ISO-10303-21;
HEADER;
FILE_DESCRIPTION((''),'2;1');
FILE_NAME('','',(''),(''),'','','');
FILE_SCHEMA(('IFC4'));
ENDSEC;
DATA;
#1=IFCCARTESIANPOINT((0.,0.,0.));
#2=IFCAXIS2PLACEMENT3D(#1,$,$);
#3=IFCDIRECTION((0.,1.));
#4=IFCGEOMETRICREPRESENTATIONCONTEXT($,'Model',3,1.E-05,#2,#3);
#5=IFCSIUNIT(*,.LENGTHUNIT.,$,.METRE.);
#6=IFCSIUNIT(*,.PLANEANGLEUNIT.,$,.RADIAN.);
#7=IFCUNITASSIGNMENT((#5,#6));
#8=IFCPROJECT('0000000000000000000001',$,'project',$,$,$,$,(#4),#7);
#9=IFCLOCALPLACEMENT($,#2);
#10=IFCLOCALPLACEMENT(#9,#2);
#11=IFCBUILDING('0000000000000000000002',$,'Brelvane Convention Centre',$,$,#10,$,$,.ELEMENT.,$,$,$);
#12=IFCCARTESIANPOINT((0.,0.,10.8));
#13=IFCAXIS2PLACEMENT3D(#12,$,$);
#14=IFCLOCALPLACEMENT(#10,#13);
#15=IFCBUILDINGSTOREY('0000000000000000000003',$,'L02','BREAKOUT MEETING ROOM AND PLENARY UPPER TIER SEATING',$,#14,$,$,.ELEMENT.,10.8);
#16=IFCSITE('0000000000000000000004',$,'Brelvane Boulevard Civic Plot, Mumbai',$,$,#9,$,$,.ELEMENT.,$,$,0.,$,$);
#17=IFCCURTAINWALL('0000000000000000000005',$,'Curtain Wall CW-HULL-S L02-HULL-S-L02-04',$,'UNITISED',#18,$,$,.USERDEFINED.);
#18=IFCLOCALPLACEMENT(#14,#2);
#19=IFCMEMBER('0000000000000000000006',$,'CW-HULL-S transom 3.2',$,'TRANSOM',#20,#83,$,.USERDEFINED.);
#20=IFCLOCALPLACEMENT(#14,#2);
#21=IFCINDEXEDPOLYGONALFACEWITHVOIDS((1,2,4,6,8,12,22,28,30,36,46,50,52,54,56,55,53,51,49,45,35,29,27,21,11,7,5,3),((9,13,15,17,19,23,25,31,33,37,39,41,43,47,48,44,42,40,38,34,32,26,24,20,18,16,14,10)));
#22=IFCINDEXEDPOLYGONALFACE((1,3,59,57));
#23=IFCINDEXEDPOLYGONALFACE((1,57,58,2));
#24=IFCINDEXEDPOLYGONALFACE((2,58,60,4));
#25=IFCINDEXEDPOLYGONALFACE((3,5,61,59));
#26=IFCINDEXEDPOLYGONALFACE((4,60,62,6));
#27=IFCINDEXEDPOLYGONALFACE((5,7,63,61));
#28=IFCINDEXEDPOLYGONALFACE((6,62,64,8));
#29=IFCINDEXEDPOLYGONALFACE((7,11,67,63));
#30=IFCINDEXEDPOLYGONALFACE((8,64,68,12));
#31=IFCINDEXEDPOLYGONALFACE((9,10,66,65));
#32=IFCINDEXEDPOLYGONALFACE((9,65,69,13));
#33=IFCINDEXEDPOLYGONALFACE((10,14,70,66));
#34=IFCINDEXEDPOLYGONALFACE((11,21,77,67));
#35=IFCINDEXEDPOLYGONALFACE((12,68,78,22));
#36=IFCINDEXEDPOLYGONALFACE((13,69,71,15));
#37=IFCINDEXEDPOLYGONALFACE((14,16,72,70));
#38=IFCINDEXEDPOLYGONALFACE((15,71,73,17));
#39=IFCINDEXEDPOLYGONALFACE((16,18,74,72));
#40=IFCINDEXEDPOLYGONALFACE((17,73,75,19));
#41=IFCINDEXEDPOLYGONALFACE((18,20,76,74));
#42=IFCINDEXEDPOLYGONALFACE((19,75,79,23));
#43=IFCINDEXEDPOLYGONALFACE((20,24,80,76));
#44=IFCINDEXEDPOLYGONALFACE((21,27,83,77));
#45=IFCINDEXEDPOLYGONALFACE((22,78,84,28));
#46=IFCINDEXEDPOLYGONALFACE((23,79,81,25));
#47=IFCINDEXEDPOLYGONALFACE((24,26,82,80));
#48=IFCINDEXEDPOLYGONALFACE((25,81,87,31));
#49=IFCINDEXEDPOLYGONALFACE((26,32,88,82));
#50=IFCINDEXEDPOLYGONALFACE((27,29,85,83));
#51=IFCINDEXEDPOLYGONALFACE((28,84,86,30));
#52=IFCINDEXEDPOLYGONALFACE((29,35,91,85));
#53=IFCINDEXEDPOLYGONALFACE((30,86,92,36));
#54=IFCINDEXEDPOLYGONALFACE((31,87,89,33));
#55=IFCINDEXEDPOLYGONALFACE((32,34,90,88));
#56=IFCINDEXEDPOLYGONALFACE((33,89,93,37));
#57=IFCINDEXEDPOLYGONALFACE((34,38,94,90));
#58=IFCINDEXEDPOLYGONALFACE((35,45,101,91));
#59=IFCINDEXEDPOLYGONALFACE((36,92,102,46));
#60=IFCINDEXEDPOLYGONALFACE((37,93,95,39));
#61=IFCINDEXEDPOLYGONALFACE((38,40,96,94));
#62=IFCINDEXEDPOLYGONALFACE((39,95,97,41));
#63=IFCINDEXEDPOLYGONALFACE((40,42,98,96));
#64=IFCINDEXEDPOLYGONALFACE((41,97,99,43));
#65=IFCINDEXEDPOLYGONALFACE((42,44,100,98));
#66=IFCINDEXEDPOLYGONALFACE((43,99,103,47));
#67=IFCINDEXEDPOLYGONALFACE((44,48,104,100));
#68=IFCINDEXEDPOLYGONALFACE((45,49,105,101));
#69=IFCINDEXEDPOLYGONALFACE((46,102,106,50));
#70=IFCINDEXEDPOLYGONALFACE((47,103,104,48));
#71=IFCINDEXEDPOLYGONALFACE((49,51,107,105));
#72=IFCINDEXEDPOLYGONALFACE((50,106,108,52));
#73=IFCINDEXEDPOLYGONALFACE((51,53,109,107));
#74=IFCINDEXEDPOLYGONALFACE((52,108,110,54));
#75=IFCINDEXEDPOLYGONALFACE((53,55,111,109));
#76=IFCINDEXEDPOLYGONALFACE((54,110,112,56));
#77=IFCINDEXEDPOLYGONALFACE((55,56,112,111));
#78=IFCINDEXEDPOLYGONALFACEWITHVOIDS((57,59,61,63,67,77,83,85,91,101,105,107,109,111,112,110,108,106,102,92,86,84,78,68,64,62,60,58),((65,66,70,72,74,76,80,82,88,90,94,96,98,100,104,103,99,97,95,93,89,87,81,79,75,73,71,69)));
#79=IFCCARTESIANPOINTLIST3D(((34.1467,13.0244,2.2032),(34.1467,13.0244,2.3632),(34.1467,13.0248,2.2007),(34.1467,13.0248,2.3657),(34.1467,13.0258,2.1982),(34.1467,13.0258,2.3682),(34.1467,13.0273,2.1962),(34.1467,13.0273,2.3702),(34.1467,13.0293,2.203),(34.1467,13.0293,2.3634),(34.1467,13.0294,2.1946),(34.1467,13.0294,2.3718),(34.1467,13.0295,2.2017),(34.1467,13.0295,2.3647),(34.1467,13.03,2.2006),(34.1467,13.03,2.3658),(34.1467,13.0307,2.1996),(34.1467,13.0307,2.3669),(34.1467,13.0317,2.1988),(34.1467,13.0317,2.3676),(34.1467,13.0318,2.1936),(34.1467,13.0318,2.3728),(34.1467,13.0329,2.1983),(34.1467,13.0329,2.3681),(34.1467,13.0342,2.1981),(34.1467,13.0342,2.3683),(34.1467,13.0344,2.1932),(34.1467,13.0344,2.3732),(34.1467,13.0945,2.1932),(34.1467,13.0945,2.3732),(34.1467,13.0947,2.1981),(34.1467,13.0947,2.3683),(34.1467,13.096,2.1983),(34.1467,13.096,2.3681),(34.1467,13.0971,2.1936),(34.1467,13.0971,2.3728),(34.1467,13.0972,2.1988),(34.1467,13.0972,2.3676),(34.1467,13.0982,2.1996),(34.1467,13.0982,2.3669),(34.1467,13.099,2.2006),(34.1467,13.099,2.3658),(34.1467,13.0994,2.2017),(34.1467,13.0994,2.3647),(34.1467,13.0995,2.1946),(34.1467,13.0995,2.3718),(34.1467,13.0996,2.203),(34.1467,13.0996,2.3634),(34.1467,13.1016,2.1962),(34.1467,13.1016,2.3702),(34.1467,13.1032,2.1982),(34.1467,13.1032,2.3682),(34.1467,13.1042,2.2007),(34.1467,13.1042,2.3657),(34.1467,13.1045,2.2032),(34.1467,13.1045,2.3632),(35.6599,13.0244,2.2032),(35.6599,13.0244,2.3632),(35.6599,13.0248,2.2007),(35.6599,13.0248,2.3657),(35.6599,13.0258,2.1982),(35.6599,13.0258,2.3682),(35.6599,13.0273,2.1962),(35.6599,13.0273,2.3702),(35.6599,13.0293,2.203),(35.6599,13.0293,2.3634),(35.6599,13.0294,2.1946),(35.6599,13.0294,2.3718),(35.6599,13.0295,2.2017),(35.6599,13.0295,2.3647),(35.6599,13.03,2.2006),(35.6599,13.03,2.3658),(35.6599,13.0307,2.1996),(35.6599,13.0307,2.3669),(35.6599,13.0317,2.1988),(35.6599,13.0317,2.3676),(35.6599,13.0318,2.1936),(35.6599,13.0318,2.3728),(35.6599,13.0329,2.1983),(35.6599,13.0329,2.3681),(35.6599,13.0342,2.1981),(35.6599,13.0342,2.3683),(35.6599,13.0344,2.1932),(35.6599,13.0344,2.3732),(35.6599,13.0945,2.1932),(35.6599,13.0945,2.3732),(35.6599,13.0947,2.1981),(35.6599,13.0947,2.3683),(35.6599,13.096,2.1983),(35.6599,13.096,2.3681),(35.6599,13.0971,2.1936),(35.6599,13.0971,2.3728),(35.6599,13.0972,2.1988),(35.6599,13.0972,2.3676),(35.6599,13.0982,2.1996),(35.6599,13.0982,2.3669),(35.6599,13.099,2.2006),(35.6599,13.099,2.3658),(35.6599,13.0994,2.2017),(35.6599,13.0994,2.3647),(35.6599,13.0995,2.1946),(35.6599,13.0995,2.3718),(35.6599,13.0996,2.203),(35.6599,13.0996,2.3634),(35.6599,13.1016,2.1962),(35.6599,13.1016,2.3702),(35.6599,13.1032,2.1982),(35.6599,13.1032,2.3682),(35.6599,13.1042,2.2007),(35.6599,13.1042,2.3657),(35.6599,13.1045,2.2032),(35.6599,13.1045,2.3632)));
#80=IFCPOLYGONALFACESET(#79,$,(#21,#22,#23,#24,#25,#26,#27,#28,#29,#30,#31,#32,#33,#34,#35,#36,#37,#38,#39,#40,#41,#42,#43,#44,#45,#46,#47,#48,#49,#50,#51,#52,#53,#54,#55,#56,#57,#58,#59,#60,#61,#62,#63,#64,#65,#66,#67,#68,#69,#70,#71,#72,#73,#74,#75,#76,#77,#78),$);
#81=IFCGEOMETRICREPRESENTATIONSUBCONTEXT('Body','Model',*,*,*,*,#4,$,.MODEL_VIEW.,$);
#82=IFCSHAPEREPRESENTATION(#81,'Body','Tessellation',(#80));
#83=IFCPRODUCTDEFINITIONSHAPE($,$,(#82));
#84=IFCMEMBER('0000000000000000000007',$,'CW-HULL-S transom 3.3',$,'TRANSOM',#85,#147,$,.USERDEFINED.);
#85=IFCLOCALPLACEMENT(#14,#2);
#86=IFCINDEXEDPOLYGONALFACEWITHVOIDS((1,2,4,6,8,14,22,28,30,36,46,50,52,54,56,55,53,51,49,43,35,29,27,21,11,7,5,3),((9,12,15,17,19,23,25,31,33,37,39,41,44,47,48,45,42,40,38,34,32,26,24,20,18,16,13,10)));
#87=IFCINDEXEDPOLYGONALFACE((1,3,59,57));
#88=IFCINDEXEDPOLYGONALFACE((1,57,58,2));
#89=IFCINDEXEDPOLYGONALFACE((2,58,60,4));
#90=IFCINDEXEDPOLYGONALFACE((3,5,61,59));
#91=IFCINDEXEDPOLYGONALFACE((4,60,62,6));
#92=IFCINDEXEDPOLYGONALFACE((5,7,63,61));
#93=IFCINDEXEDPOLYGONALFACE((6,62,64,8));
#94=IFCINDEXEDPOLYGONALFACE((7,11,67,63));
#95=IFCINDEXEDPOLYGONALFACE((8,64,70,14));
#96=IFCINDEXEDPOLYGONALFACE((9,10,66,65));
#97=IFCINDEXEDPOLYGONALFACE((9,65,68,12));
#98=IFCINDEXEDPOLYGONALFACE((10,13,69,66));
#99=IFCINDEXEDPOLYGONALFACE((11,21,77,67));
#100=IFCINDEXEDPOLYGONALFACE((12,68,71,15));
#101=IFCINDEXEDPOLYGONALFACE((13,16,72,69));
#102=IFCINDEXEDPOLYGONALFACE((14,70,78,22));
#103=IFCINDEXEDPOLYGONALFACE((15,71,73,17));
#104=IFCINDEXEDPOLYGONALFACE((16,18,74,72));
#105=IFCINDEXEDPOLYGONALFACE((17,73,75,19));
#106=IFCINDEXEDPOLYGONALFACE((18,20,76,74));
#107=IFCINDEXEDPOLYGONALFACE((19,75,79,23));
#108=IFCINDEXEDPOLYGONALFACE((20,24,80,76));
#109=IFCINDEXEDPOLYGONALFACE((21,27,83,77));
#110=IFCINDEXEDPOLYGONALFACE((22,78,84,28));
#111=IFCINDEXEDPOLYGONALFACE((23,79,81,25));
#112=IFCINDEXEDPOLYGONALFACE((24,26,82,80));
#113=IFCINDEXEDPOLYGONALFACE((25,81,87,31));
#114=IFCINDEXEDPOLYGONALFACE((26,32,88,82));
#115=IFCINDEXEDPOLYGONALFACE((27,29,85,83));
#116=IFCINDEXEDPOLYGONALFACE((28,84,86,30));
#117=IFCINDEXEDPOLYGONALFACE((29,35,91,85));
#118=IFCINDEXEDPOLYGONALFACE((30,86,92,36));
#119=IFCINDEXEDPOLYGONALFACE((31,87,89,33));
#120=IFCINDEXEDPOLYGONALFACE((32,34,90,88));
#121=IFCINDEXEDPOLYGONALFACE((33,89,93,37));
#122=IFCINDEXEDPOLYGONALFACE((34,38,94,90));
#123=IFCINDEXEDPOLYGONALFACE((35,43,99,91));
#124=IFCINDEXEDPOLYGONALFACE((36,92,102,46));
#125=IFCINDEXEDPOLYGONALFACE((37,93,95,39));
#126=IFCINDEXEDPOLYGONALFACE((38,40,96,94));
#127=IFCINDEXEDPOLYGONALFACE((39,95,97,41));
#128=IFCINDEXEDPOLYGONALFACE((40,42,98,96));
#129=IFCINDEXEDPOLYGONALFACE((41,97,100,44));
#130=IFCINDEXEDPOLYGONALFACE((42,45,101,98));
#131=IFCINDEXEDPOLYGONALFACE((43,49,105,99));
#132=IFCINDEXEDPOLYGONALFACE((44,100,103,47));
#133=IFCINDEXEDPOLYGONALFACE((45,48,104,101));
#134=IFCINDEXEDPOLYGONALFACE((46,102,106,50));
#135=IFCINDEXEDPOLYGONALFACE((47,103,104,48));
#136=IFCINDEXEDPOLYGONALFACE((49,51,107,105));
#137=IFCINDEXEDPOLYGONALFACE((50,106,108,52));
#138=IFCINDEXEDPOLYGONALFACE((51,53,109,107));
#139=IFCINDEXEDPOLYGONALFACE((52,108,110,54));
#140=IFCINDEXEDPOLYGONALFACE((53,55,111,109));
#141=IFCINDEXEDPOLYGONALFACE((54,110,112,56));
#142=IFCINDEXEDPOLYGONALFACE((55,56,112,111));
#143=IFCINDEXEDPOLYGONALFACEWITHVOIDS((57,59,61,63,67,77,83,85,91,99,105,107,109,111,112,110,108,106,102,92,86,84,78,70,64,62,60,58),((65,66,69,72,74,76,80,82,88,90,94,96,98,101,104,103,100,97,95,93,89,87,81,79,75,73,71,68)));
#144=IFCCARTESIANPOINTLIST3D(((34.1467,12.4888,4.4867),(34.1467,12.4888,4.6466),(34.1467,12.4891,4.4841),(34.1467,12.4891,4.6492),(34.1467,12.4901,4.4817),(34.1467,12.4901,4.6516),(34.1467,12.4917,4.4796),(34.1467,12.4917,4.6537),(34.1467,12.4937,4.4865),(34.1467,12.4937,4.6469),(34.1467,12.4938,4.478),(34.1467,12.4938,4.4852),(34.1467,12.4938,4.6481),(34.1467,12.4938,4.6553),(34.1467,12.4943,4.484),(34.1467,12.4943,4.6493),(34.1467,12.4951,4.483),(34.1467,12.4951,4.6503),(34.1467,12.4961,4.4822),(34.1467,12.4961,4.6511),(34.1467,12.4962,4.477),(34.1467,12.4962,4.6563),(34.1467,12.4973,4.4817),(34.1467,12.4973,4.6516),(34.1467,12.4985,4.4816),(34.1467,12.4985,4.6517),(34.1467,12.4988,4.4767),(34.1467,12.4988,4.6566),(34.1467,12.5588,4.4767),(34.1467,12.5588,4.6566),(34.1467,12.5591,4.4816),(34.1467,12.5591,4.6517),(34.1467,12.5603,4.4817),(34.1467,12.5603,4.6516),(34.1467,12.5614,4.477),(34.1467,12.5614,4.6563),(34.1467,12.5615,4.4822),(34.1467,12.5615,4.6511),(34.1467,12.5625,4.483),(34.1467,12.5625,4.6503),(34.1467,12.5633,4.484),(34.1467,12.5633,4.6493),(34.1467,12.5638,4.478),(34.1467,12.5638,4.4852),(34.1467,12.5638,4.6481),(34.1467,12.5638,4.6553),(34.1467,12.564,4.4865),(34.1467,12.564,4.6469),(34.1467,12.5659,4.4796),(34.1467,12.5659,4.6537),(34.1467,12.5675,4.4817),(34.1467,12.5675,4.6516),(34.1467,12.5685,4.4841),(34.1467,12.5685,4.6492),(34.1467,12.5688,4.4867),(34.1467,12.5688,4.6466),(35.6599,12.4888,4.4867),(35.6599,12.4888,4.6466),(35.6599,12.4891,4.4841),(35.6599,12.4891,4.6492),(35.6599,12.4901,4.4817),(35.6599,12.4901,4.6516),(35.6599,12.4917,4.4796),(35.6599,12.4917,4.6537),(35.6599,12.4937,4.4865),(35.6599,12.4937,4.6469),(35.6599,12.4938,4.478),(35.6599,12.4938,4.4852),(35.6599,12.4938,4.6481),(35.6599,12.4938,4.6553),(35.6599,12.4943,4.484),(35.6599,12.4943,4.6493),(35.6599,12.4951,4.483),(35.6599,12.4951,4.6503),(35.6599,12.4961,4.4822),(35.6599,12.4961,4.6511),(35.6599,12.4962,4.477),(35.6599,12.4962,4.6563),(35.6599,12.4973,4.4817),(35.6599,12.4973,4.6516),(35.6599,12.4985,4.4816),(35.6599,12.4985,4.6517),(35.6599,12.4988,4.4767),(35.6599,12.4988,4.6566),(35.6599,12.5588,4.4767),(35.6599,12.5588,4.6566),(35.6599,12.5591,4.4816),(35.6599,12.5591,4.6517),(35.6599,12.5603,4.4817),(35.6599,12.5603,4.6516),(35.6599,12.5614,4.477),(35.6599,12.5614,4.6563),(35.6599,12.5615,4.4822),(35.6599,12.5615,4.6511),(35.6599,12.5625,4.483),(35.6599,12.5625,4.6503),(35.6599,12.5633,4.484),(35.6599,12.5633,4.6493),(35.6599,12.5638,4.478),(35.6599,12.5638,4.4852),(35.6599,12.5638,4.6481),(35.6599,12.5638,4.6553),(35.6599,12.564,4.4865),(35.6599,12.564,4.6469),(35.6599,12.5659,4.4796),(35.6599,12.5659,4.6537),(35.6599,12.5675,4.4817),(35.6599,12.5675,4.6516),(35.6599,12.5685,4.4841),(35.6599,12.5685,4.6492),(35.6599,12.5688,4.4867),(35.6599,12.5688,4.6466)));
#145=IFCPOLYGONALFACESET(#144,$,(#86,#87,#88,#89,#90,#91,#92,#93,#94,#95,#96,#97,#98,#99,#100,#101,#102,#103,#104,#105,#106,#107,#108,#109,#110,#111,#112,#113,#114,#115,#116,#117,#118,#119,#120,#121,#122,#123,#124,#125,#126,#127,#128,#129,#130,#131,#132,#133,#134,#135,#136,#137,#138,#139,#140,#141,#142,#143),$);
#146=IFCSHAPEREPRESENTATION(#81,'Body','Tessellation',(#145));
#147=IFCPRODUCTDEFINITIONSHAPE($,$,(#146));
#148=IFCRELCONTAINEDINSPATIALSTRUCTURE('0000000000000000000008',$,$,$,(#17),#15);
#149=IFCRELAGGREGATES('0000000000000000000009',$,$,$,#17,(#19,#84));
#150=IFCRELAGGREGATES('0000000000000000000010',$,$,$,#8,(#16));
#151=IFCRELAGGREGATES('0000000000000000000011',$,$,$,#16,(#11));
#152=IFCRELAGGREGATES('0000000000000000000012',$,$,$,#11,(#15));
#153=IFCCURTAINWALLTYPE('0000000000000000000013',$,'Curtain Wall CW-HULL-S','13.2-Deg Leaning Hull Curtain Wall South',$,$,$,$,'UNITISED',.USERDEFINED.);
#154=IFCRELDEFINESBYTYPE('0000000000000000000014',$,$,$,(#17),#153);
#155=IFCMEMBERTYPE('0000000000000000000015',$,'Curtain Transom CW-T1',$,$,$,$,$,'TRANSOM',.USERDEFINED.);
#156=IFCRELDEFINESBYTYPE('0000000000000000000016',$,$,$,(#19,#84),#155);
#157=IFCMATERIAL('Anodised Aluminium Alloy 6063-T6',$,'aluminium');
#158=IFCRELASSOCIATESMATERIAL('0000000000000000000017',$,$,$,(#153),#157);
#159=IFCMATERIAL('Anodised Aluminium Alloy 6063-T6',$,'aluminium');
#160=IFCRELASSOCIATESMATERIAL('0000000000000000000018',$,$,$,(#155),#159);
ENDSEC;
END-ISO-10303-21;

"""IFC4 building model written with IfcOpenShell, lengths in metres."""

from ifc_helpers import new_model, si_unit, direction, frame, origin, origin_2d, place, context, subcontext, project, spatial, hollow_rectangle, extrude, material, material_profile, profile_set, type_object, element, aggregate, save


model = new_model("IFC4")

# Units and contexts
model_context = context("Model", 3, precision=1e-05, world=origin(), true_north=direction((0.0, 1.0)))
body_context = subcontext(model_context, "Body", "Model", "MODEL_VIEW")
ifc_project = project(units=[si_unit("LENGTHUNIT", "METRE"), si_unit("PLANEANGLEUNIT", "RADIAN")], contexts=[model_context])

# Site, building, storey
site_placement = place(None, origin())
site = spatial("IfcSite", under=ifc_project, at=site_placement, Name="Brelvane Boulevard Civic Plot, Mumbai", CompositionType="ELEMENT", RefElevation=0.0)
building_placement = place(site_placement, origin())
building = spatial("IfcBuilding", under=site, at=building_placement, Name="Brelvane Convention Centre", CompositionType="ELEMENT")
storey_placement = place(building_placement, frame((0.0, 0.0, 10.8)))
storey = spatial("IfcBuildingStorey", under=building, at=storey_placement, Name="L02", Description="BREAKOUT MEETING ROOM AND PLENARY UPPER TIER SEATING", CompositionType="ELEMENT", Elevation=10.8)

# Curtain wall, members
ifc_material_1 = material(Name="Anodised Aluminium Alloy 6063-T6", Category="aluminium")
curtain_wall_type = type_object("IfcCurtainWallType", Name="Curtain Wall CW-HULL-S", Description="13.2-Deg Leaning Hull Curtain Wall South", ElementType="UNITISED", PredefinedType="USERDEFINED", material=ifc_material_1)
curtain_wall_placement = place(storey_placement, origin())
curtain_wall = element("IfcCurtainWall", 1, at=curtain_wall_placement, inside=storey, type_object=curtain_wall_type, Name="Curtain Wall CW-HULL-S L02-HULL-S-L02-04", ObjectType="UNITISED", PredefinedType="USERDEFINED")
ifc_material_2 = material(Name="Anodised Aluminium Alloy 6063-T6", Category="aluminium")
ifc_material_profile = material_profile(ifc_material_2, hollow_rectangle(XDim=0.0801, YDim=0.1799, WallThickness=0.0049, InnerFilletRadius=0.0049, OuterFilletRadius=0.01, at=origin_2d()), Name="ALU-T 180x80x5.0")
ifc_profile_set = profile_set([ifc_material_profile], Name="Anodised Aluminium Alloy 6063-T6")
member_type = type_object("IfcMemberType", Name="Curtain Transom CW-T1", ElementType="TRANSOM", PredefinedType="USERDEFINED", material=ifc_profile_set)
member_1_placement = place(storey_placement, frame((34.1467, 13.0645, 2.2832), z_axis=(1.0, 0.0, 0.0), x_axis=(0.0, 1.0, 0.0)))
member_1 = element("IfcMember", 2, at=member_1_placement, type_object=member_type, Name="CW-HULL-S transom 3.2", ObjectType="TRANSOM", PredefinedType="USERDEFINED", context=body_context, shape_type="SweptSolid", body=[
    extrude(hollow_rectangle(XDim=0.0801, YDim=0.1799, WallThickness=0.0049, InnerFilletRadius=0.0049, OuterFilletRadius=0.01, at=origin_2d()), origin(), (0.0, 0.0, 1.0), 1.5132),
])
member_2_placement = place(storey_placement, frame((34.1467, 12.5288, 4.5667), z_axis=(1.0, 0.0, 0.0), x_axis=(0.0, 1.0, 0.0)))
member_2 = element("IfcMember", 3, at=member_2_placement, type_object=member_type, Name="CW-HULL-S transom 3.3", ObjectType="TRANSOM", PredefinedType="USERDEFINED", context=body_context, shape_type="SweptSolid", body=[
    extrude(hollow_rectangle(XDim=0.0801, YDim=0.1799, WallThickness=0.0049, InnerFilletRadius=0.0049, OuterFilletRadius=0.01, at=origin_2d()), origin(), (0.0, 0.0, 1.0), 1.5132),
])
aggregate(curtain_wall, [member_1, member_2])

save(model, "model.ifc")
